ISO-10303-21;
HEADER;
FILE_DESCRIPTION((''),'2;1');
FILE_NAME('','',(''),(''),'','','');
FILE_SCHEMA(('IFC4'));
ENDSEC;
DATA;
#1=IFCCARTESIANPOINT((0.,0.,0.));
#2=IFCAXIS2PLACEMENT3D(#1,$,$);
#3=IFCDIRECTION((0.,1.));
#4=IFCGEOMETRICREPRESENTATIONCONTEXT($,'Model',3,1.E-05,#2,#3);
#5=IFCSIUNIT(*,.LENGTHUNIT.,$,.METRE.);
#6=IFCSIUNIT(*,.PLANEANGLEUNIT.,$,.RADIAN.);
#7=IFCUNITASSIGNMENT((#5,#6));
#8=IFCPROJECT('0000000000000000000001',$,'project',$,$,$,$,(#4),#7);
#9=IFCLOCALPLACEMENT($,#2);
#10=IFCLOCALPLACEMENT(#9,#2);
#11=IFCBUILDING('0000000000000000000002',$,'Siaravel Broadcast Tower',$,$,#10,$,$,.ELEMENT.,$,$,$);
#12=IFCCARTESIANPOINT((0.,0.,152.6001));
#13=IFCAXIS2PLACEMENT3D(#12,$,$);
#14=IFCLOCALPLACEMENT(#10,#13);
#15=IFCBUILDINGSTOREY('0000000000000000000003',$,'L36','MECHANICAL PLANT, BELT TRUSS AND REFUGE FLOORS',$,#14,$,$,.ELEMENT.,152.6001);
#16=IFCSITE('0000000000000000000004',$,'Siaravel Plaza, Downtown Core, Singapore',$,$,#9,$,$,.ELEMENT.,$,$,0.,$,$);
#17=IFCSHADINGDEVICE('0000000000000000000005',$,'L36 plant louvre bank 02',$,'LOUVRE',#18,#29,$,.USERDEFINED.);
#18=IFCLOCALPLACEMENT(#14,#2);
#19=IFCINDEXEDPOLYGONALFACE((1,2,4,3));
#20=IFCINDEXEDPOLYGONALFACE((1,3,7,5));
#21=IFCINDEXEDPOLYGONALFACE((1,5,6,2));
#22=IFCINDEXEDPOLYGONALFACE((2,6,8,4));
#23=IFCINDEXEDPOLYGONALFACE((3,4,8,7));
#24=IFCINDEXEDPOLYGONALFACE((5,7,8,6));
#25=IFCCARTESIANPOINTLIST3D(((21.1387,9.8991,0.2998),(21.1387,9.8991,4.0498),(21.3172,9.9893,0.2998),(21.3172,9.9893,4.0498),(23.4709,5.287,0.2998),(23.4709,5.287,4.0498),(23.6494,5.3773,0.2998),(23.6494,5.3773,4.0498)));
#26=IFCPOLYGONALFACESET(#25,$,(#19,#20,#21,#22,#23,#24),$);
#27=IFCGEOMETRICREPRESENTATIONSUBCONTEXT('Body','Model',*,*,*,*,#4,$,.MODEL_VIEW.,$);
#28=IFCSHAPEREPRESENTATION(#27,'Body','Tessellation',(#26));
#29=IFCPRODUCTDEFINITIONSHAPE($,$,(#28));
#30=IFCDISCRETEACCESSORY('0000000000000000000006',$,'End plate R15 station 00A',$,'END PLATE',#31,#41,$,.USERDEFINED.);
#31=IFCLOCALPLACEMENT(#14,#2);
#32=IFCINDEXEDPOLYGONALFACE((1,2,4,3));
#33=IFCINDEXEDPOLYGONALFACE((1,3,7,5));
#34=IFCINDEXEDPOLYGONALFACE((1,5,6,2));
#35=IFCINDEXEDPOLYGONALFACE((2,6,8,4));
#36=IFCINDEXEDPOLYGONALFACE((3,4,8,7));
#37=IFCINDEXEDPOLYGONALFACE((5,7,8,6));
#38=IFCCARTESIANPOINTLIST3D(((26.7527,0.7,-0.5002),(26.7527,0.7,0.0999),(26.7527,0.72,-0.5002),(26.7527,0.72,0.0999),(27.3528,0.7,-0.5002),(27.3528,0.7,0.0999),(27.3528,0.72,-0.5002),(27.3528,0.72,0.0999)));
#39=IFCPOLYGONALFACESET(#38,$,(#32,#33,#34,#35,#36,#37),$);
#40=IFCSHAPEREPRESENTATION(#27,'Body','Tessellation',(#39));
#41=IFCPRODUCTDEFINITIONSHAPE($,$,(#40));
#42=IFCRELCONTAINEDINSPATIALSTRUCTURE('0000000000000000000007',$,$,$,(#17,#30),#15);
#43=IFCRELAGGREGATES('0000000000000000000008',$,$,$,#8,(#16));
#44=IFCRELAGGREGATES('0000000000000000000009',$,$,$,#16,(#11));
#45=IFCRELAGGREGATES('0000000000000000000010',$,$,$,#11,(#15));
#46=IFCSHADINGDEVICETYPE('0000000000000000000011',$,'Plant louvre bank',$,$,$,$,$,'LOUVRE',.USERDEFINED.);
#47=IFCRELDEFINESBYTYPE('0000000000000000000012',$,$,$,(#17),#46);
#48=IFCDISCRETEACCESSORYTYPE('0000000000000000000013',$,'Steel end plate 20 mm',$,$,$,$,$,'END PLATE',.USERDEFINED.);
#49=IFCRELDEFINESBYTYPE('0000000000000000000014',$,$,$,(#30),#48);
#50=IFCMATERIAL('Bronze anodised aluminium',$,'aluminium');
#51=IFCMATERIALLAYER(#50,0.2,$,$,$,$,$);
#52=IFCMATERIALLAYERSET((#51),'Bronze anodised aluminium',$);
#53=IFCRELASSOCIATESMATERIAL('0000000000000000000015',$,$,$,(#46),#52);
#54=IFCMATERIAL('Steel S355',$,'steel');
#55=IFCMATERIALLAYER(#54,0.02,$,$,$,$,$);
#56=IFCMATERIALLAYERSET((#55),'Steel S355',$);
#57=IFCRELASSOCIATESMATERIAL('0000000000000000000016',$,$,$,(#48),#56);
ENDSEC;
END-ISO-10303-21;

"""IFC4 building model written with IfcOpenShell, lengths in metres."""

from ifc_helpers import new_model, si_unit, direction, frame, origin, origin_2d, place, context, subcontext, project, spatial, rectangle, extrude, material, layer, layer_set, type_object, element, save


model = new_model("IFC4")

# Units and contexts
model_context = context("Model", 3, precision=1e-05, world=origin(), true_north=direction((0.0, 1.0)))
body_context = subcontext(model_context, "Body", "Model", "MODEL_VIEW")
ifc_project = project(units=[si_unit("LENGTHUNIT", "METRE"), si_unit("PLANEANGLEUNIT", "RADIAN")], contexts=[model_context])

# Site, building, storey
site_placement = place(None, origin())
site = spatial("IfcSite", under=ifc_project, at=site_placement, Name="Siaravel Plaza, Downtown Core, Singapore", CompositionType="ELEMENT", RefElevation=0.0)
building_placement = place(site_placement, origin())
building = spatial("IfcBuilding", under=site, at=building_placement, Name="Siaravel Broadcast Tower", CompositionType="ELEMENT")
storey_placement = place(building_placement, frame((0.0, 0.0, 152.6001)))
storey = spatial("IfcBuildingStorey", under=building, at=storey_placement, Name="L36", Description="MECHANICAL PLANT, BELT TRUSS AND REFUGE FLOORS", CompositionType="ELEMENT", Elevation=152.6001)

# Shared definitions
ifc_material_1 = material(Name="Steel S355", Category="steel")

# Shading device
ifc_material_2 = material(Name="Bronze anodised aluminium", Category="aluminium")
ifc_layer_1 = layer(ifc_material_2, 0.2)
ifc_layer_set_1 = layer_set([ifc_layer_1], Name="Bronze anodised aluminium")
shading_device_type = type_object("IfcShadingDeviceType", Name="Plant louvre bank", ElementType="LOUVRE", PredefinedType="USERDEFINED", material=ifc_layer_set_1)
shading_device_1_placement = place(storey_placement, frame((22.394, 7.6382, 0.2998), z_axis=(0.0, 0.0, 1.0), x_axis=(-0.451261, 0.892392, 0.0)))
element("IfcShadingDevice", 1, at=shading_device_1_placement, inside=storey, type_object=shading_device_type, Name="L36 plant louvre bank 02", ObjectType="LOUVRE", PredefinedType="USERDEFINED", context=body_context, shape_type="SweptSolid", body=[
    extrude(rectangle(XDim=5.1682, YDim=0.2, at=origin_2d()), origin(), (0.0, 0.0, 1.0), 3.75),
])

# Discrete accessory
ifc_layer_2 = layer(ifc_material_1, 0.02)
ifc_layer_set_2 = layer_set([ifc_layer_2], Name="Steel S355")
discrete_accessory_type = type_object("IfcDiscreteAccessoryType", Name="Steel end plate 20 mm", ElementType="END PLATE", PredefinedType="USERDEFINED", material=ifc_layer_set_2)
discrete_accessory_placement = place(storey_placement, frame((27.0527, 0.71, -0.5002), z_axis=(0.0, 0.0, 1.0), x_axis=(0.0, 1.0, 0.0)))
element("IfcDiscreteAccessory", 2, at=discrete_accessory_placement, inside=storey, type_object=discrete_accessory_type, Name="End plate R15 station 00A", ObjectType="END PLATE", PredefinedType="USERDEFINED", context=body_context, shape_type="SweptSolid", body=[
    extrude(rectangle(XDim=0.02, YDim=0.6001, at=origin_2d()), origin(), (0.0, 0.0, 1.0), 0.6001),
])

save(model, "model.ifc")
